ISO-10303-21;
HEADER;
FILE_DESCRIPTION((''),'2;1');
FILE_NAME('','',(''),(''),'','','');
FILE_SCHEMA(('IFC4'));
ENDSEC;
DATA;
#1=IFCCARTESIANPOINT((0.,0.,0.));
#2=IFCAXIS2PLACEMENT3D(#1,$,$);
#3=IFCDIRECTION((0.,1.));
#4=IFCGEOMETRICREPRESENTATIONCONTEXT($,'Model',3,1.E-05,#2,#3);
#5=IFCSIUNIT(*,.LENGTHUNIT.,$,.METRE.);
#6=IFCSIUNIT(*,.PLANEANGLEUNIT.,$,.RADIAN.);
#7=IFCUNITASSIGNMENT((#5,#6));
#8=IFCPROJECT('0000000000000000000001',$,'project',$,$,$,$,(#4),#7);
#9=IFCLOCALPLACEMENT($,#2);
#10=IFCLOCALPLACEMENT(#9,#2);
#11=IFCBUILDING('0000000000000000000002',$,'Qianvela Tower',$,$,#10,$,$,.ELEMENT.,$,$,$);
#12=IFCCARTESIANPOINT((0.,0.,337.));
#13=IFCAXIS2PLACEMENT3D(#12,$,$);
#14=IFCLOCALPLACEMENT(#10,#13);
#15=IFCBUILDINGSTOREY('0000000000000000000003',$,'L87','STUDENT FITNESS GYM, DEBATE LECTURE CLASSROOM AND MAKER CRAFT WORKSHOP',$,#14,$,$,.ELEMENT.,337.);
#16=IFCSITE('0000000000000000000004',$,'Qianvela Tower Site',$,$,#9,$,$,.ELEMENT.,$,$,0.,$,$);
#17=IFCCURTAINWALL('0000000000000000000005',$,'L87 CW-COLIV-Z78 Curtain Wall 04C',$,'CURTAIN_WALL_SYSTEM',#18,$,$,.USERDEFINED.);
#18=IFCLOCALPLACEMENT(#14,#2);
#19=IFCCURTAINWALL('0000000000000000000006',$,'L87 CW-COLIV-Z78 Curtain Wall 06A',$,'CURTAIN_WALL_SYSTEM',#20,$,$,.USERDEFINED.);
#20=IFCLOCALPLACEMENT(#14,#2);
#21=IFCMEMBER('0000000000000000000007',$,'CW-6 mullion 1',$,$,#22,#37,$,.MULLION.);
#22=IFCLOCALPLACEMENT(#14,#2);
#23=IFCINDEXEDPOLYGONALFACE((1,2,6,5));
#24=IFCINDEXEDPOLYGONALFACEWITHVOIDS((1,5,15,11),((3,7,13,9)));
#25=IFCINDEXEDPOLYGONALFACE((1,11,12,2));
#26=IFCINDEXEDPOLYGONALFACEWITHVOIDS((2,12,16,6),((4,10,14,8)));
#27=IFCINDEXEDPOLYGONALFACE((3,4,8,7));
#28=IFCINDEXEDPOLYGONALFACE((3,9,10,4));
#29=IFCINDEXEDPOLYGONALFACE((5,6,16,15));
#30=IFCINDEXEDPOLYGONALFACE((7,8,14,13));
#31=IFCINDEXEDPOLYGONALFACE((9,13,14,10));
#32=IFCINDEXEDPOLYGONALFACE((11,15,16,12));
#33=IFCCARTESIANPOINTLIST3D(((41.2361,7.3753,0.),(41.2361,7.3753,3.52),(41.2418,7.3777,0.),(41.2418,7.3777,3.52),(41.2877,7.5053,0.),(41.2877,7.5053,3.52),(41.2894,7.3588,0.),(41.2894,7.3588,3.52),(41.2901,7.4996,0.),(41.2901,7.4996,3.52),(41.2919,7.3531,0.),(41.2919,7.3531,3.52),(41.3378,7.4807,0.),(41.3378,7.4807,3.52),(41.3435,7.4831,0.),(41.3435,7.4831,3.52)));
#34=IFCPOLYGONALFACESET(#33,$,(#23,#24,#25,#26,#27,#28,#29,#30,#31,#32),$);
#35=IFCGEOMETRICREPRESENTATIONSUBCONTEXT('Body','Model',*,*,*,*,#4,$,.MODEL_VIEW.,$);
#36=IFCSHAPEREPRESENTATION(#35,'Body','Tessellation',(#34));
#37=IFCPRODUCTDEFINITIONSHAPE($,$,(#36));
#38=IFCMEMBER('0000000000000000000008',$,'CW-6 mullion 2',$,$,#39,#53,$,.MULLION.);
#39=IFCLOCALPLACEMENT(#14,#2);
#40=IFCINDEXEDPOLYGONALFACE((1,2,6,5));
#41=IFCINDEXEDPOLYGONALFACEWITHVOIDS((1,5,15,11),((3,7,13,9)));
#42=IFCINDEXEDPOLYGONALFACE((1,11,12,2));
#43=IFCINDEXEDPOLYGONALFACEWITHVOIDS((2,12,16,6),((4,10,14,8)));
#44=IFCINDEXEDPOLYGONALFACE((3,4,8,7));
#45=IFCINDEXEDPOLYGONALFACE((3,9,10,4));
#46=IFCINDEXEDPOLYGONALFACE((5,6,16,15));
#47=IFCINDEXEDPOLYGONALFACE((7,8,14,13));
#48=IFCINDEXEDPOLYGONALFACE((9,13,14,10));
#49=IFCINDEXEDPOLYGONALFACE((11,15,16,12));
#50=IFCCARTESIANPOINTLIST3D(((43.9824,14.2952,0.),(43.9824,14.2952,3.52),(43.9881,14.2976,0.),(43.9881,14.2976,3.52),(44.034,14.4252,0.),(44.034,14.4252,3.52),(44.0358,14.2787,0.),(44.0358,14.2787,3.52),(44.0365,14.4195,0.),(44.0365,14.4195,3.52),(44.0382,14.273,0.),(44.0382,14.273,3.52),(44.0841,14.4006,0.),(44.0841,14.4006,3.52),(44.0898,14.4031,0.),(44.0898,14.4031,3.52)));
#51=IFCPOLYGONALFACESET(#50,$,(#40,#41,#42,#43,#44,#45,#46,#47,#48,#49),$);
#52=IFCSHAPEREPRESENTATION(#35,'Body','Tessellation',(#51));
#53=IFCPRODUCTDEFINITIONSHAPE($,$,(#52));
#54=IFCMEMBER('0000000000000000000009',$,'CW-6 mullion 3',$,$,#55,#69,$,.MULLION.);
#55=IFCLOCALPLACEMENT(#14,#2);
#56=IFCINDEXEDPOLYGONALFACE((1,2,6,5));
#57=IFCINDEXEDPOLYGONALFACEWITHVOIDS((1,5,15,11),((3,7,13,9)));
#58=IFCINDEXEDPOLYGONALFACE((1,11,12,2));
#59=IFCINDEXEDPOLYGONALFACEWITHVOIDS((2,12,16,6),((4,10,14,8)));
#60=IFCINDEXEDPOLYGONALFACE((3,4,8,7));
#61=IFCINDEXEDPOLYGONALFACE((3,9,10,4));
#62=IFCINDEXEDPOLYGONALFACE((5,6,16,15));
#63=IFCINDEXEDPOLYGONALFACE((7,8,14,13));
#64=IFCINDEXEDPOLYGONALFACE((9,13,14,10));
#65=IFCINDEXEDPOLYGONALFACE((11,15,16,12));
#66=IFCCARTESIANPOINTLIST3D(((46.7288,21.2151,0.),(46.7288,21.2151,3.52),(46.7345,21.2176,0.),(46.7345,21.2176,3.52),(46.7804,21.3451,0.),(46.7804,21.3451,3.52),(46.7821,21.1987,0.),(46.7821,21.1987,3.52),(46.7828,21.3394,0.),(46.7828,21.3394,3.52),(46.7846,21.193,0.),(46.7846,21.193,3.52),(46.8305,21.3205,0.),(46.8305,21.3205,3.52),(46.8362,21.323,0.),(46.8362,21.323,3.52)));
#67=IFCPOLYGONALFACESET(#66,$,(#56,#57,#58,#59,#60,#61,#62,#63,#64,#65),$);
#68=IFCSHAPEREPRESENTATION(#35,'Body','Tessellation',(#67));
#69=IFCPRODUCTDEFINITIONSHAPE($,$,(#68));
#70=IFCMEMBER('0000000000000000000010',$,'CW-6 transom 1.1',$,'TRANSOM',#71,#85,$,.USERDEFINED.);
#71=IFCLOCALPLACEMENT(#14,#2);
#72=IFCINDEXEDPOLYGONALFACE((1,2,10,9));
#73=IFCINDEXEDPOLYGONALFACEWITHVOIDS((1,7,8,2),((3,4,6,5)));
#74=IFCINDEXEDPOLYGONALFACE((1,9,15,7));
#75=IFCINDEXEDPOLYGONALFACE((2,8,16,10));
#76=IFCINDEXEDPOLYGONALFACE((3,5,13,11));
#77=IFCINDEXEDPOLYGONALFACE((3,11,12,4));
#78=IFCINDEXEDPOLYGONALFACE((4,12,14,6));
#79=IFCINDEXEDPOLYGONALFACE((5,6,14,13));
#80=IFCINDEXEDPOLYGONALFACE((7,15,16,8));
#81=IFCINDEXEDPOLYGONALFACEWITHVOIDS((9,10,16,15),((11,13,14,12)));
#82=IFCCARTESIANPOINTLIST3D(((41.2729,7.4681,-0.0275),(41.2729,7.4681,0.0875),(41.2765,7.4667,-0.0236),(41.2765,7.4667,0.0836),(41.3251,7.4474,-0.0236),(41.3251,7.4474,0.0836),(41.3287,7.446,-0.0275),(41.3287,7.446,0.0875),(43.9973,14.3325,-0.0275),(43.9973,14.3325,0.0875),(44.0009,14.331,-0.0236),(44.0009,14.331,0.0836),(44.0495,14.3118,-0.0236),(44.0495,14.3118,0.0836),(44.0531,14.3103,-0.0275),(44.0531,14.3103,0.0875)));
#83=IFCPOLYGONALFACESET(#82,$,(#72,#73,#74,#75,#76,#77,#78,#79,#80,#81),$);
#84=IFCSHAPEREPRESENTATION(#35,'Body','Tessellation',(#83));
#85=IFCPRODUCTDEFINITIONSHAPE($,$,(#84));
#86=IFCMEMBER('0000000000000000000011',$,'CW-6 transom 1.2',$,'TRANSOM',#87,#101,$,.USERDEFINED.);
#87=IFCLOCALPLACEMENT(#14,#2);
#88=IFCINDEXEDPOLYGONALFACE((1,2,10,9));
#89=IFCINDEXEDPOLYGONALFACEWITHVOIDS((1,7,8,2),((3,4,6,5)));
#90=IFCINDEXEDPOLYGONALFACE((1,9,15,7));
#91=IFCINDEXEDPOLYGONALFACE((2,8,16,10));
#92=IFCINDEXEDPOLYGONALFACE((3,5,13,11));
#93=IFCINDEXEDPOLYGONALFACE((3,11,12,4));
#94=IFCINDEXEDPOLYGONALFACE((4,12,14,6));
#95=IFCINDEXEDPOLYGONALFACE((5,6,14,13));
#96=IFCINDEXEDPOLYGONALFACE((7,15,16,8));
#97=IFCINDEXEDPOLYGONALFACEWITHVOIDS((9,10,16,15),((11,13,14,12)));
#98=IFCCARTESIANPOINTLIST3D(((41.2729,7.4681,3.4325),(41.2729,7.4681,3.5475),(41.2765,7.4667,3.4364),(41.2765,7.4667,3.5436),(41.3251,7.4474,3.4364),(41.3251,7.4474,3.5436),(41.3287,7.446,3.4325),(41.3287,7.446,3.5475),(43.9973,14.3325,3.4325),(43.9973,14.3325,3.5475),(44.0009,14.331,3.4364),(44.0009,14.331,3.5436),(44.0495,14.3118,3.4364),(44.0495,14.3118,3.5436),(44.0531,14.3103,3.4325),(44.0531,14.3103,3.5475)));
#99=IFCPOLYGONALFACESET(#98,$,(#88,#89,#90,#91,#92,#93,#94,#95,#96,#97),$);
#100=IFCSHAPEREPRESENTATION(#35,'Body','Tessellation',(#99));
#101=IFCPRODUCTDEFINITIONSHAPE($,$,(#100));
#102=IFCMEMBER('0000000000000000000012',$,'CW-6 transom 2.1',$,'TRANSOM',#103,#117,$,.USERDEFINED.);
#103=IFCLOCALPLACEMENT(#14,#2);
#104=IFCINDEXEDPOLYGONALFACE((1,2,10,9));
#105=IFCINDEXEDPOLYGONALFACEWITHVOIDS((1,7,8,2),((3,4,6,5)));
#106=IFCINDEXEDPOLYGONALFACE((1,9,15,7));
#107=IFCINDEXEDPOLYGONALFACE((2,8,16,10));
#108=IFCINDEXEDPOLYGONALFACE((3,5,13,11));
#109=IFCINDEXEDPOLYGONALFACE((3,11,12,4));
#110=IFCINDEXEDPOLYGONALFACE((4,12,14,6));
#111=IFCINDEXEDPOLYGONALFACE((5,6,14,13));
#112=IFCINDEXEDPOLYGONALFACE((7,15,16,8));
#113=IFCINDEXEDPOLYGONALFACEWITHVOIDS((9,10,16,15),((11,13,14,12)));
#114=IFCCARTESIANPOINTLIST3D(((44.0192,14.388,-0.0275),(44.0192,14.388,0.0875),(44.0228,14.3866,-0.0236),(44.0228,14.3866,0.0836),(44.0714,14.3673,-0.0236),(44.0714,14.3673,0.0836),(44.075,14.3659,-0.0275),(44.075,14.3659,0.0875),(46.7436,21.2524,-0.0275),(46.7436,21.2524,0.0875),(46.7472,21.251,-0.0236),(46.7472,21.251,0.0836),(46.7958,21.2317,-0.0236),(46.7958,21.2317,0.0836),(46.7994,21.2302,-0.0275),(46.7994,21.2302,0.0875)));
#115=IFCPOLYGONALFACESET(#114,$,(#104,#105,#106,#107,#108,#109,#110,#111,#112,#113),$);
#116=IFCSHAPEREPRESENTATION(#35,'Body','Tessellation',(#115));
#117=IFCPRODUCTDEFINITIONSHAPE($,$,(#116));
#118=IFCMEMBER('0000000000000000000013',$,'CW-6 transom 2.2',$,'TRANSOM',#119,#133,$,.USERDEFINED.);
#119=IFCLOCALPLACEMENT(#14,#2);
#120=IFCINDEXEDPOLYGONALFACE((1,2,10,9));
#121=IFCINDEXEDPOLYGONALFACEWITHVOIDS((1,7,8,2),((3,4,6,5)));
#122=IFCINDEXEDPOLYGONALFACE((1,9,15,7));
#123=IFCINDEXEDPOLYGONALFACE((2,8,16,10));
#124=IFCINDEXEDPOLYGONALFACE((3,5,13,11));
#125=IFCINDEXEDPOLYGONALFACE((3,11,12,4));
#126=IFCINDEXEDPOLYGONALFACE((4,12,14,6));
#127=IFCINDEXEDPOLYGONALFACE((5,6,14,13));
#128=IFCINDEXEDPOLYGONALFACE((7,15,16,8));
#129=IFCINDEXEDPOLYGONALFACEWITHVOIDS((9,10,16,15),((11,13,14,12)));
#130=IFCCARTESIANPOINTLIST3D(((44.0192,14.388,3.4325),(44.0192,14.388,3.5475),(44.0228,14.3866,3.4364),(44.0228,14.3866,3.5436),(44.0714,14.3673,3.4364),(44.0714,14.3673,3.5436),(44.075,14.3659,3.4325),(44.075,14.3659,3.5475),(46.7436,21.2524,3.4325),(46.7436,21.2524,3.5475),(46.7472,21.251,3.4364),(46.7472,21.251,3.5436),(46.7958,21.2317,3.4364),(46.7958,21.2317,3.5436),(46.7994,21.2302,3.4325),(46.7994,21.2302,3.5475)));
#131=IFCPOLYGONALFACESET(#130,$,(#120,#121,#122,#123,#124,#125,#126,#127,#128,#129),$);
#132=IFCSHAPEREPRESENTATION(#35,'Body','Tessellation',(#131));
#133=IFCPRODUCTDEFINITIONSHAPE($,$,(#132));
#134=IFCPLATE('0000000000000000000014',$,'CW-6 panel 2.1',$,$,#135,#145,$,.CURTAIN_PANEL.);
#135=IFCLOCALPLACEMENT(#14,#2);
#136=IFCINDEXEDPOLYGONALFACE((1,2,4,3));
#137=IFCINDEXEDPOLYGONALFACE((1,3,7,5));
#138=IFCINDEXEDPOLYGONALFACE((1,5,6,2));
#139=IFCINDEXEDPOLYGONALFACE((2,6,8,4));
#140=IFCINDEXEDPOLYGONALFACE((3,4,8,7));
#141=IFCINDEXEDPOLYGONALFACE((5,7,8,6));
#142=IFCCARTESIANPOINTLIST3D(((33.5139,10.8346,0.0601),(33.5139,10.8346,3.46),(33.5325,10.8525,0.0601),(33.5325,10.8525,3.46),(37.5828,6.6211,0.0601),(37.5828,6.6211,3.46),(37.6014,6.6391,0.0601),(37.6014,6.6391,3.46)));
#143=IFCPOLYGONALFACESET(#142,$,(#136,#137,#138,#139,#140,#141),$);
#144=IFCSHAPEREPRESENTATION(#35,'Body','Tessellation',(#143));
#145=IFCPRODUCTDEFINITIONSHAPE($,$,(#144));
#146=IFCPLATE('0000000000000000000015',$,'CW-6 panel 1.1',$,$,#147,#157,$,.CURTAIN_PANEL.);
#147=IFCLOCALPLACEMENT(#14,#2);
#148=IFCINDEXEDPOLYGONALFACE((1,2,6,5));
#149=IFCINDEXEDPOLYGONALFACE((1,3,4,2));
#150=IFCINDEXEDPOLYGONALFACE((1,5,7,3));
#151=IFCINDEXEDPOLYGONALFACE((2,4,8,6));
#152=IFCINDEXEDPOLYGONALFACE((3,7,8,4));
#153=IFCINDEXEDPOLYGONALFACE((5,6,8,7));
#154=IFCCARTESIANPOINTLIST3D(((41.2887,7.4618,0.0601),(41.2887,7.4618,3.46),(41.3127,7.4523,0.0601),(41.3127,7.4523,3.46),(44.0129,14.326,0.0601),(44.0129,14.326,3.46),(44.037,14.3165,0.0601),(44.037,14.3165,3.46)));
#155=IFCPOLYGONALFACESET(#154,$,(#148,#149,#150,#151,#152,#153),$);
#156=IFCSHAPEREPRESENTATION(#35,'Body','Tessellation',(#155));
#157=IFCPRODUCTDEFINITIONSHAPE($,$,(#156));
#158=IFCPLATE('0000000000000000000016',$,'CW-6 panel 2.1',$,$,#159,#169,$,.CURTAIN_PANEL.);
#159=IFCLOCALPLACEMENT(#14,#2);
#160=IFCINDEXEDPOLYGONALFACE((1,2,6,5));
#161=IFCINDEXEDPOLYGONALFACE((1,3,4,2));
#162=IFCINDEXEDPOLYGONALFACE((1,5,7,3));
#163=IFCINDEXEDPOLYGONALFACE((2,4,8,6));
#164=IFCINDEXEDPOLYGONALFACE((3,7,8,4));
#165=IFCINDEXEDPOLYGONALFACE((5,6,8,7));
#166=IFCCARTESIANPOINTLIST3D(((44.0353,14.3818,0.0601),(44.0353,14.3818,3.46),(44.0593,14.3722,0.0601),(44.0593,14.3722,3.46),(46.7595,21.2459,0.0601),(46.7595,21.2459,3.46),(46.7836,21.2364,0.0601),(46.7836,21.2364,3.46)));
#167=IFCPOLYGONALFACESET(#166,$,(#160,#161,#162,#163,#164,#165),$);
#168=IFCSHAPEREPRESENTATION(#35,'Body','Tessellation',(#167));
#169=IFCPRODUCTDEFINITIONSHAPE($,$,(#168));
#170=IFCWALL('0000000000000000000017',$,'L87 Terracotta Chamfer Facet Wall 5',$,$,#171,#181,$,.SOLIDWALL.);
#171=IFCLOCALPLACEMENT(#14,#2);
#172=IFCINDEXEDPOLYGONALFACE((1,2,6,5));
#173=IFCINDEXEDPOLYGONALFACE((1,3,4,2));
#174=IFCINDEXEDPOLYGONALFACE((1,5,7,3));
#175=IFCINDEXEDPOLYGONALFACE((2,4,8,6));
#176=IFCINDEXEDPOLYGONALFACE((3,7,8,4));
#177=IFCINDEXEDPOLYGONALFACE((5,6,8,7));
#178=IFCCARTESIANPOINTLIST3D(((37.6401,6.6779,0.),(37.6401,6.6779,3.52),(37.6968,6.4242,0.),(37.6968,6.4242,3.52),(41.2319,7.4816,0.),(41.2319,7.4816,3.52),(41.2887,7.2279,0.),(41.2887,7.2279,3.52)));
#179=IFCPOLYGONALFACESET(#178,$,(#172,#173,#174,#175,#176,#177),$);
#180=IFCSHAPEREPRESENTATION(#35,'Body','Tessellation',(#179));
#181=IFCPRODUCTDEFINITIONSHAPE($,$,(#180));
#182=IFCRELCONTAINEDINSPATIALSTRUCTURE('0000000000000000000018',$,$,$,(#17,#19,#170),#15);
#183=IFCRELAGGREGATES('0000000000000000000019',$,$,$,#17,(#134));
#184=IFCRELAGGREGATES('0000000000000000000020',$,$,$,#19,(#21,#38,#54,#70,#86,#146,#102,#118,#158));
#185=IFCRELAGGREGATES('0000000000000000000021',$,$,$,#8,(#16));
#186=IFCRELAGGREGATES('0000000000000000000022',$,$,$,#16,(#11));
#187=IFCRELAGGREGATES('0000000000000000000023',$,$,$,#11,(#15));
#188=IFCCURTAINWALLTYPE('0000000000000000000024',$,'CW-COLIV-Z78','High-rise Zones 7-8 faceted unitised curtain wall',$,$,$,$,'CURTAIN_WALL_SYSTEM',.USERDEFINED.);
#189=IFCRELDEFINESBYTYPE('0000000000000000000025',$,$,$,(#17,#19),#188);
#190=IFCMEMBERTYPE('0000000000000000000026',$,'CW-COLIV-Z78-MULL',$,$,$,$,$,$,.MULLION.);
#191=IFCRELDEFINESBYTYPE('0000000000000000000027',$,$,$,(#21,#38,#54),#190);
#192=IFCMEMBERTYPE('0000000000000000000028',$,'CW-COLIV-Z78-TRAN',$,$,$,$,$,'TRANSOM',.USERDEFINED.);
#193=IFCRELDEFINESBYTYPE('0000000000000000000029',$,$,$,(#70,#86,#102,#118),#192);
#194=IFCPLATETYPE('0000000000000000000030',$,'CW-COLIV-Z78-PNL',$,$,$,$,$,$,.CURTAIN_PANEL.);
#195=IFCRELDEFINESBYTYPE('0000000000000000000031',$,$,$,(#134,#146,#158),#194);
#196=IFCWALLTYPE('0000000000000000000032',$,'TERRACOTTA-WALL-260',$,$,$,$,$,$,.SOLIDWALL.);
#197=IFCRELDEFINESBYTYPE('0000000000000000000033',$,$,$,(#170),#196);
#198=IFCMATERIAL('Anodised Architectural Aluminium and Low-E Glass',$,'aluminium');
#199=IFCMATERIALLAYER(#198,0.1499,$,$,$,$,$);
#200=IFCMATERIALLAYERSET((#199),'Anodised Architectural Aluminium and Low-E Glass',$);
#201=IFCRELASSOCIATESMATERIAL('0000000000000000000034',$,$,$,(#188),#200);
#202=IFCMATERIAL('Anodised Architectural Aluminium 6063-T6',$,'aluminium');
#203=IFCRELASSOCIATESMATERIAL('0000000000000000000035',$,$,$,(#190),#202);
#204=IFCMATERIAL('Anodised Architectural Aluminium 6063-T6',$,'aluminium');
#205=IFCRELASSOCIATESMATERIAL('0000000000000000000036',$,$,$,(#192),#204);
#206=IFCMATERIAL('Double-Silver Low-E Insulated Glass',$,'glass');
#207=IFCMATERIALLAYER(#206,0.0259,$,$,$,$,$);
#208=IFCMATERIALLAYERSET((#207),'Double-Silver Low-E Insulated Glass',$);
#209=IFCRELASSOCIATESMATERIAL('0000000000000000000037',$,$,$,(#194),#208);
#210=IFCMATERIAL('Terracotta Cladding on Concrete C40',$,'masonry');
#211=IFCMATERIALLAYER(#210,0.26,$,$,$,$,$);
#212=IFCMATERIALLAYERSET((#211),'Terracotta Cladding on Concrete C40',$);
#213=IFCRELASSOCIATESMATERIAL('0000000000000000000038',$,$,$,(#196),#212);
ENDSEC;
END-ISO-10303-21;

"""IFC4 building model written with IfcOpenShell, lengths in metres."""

from ifc_helpers import new_model, si_unit, direction, frame, frame_2d, origin, origin_2d, place, context, subcontext, project, spatial, rectangle, hollow_rectangle, extrude, material, layer, layer_set, material_profile, profile_set, type_object, element, aggregate, save


model = new_model("IFC4")

# Units and contexts
model_context = context("Model", 3, precision=1e-05, world=origin(), true_north=direction((0.0, 1.0)))
body_context = subcontext(model_context, "Body", "Model", "MODEL_VIEW")
ifc_project = project(units=[si_unit("LENGTHUNIT", "METRE"), si_unit("PLANEANGLEUNIT", "RADIAN")], contexts=[model_context])

# Site, building, storey
site_placement = place(None, origin())
site = spatial("IfcSite", under=ifc_project, at=site_placement, Name="Qianvela Tower Site", CompositionType="ELEMENT", RefElevation=0.0)
building_placement = place(site_placement, origin())
building = spatial("IfcBuilding", under=site, at=building_placement, Name="Qianvela Tower", CompositionType="ELEMENT")
storey_placement = place(building_placement, frame((0.0, 0.0, 337.0)))
storey = spatial("IfcBuildingStorey", under=building, at=storey_placement, Name="L87", Description="STUDENT FITNESS GYM, DEBATE LECTURE CLASSROOM AND MAKER CRAFT WORKSHOP", CompositionType="ELEMENT", Elevation=337.0)

# Curtain wall
ifc_material_1 = material(Name="Anodised Architectural Aluminium and Low-E Glass", Category="aluminium")
ifc_layer_1 = layer(ifc_material_1, 0.1499)
ifc_layer_set_1 = layer_set([ifc_layer_1], Name="Anodised Architectural Aluminium and Low-E Glass")
curtain_wall_type_1 = type_object("IfcCurtainWallType", Name="CW-COLIV-Z78", Description="High-rise Zones 7-8 faceted unitised curtain wall", ElementType="CURTAIN_WALL_SYSTEM", PredefinedType="USERDEFINED", material=ifc_layer_set_1)
curtain_wall_1_placement = place(storey_placement, origin())
curtain_wall_1 = element("IfcCurtainWall", 1, at=curtain_wall_1_placement, inside=storey, type_object=curtain_wall_type_1, Name="L87 CW-COLIV-Z78 Curtain Wall 04C", ObjectType="CURTAIN_WALL_SYSTEM", PredefinedType="USERDEFINED")
ifc_material_2 = material(Name="Anodised Architectural Aluminium 6063-T6", Category="aluminium")
ifc_material_profile_1 = material_profile(ifc_material_2, hollow_rectangle(XDim=0.0601, YDim=0.1399, WallThickness=0.0044, at=origin_2d()), Name="ALU-MULL-60x140")
ifc_profile_set_1 = profile_set([ifc_material_profile_1], Name="Anodised Architectural Aluminium 6063-T6")
member_type_1 = type_object("IfcMemberType", Name="CW-COLIV-Z78-MULL", PredefinedType="MULLION", material=ifc_profile_set_1)

# Curtain wall, members
curtain_wall_2_placement = place(storey_placement, origin())
curtain_wall_2 = element("IfcCurtainWall", 2, at=curtain_wall_2_placement, inside=storey, type_object=curtain_wall_type_1, Name="L87 CW-COLIV-Z78 Curtain Wall 06A", ObjectType="CURTAIN_WALL_SYSTEM", PredefinedType="USERDEFINED")
member_1_placement = place(storey_placement, frame((41.2898, 7.4292, 0.0), z_axis=(0.0, 0.0, 1.0), x_axis=(-0.929473, 0.36889, 0.0)))
member_1 = element("IfcMember", 3, at=member_1_placement, type_object=member_type_1, Name="CW-6 mullion 1", PredefinedType="MULLION", context=body_context, shape_type="SweptSolid", body=[
    extrude(hollow_rectangle(XDim=0.0601, YDim=0.1399, WallThickness=0.0044, at=origin_2d()), origin(), (0.0, 0.0, 1.0), 3.52),
])
member_2_placement = place(storey_placement, frame((44.0361, 14.3491, 0.0), z_axis=(0.0, 0.0, 1.0), x_axis=(-0.929473, 0.36889, 0.0)))
member_2 = element("IfcMember", 4, at=member_2_placement, type_object=member_type_1, Name="CW-6 mullion 2", PredefinedType="MULLION", context=body_context, shape_type="SweptSolid", body=[
    extrude(hollow_rectangle(XDim=0.0601, YDim=0.1399, WallThickness=0.0044, at=origin_2d()), origin(), (0.0, 0.0, 1.0), 3.52),
])
member_3_placement = place(storey_placement, frame((46.7825, 21.269, 0.0), z_axis=(0.0, 0.0, 1.0), x_axis=(-0.929473, 0.36889, 0.0)))
member_3 = element("IfcMember", 5, at=member_3_placement, type_object=member_type_1, Name="CW-6 mullion 3", PredefinedType="MULLION", context=body_context, shape_type="SweptSolid", body=[
    extrude(hollow_rectangle(XDim=0.0601, YDim=0.1399, WallThickness=0.0044, at=origin_2d()), origin(), (0.0, 0.0, 1.0), 3.52),
])
ifc_material_3 = material(Name="Anodised Architectural Aluminium 6063-T6", Category="aluminium")
ifc_material_profile_2 = material_profile(ifc_material_3, hollow_rectangle(XDim=0.0601, YDim=0.115, WallThickness=0.0039, at=origin_2d()), Name="ALU-TRAN-60x115")
ifc_profile_set_2 = profile_set([ifc_material_profile_2], Name="Anodised Architectural Aluminium 6063-T6")
member_type_2 = type_object("IfcMemberType", Name="CW-COLIV-Z78-TRAN", ElementType="TRANSOM", PredefinedType="USERDEFINED", material=ifc_profile_set_2)
member_4_placement = place(storey_placement, frame((41.3008, 7.457, 0.03), z_axis=(0.368899, 0.92947, 0.0), x_axis=(-0.92947, 0.368899, 0.0)))
member_4 = element("IfcMember", 6, at=member_4_placement, type_object=member_type_2, Name="CW-6 transom 1.1", ObjectType="TRANSOM", PredefinedType="USERDEFINED", context=body_context, shape_type="SweptSolid", body=[
    extrude(hollow_rectangle(XDim=0.0601, YDim=0.115, WallThickness=0.0039, at=origin_2d()), origin(), (0.0, 0.0, 1.0), 7.3853),
])
member_5_placement = place(storey_placement, frame((41.3008, 7.457, 3.49), z_axis=(0.368899, 0.92947, 0.0), x_axis=(-0.92947, 0.368899, 0.0)))
member_5 = element("IfcMember", 7, at=member_5_placement, type_object=member_type_2, Name="CW-6 transom 1.2", ObjectType="TRANSOM", PredefinedType="USERDEFINED", context=body_context, shape_type="SweptSolid", body=[
    extrude(hollow_rectangle(XDim=0.0601, YDim=0.115, WallThickness=0.0039, at=origin_2d()), origin(), (0.0, 0.0, 1.0), 7.3853),
])
member_6_placement = place(storey_placement, frame((44.0471, 14.377, 0.03), z_axis=(0.368899, 0.92947, 0.0), x_axis=(-0.92947, 0.368899, 0.0)))
member_6 = element("IfcMember", 8, at=member_6_placement, type_object=member_type_2, Name="CW-6 transom 2.1", ObjectType="TRANSOM", PredefinedType="USERDEFINED", context=body_context, shape_type="SweptSolid", body=[
    extrude(hollow_rectangle(XDim=0.0601, YDim=0.115, WallThickness=0.0039, at=origin_2d()), origin(), (0.0, 0.0, 1.0), 7.3853),
])
member_7_placement = place(storey_placement, frame((44.0471, 14.377, 3.49), z_axis=(0.368899, 0.92947, 0.0), x_axis=(-0.92947, 0.368899, 0.0)))
member_7 = element("IfcMember", 9, at=member_7_placement, type_object=member_type_2, Name="CW-6 transom 2.2", ObjectType="TRANSOM", PredefinedType="USERDEFINED", context=body_context, shape_type="SweptSolid", body=[
    extrude(hollow_rectangle(XDim=0.0601, YDim=0.115, WallThickness=0.0039, at=origin_2d()), origin(), (0.0, 0.0, 1.0), 7.3853),
])

# Plates
ifc_material_4 = material(Name="Double-Silver Low-E Insulated Glass", Category="glass")
ifc_layer_2 = layer(ifc_material_4, 0.0259)
ifc_layer_set_2 = layer_set([ifc_layer_2], Name="Double-Silver Low-E Insulated Glass")
plate_type = type_object("IfcPlateType", Name="CW-COLIV-Z78-PNL", PredefinedType="CURTAIN_PANEL", material=ifc_layer_set_2)
plate_1_placement = place(storey_placement, frame((35.5576, 8.7368, 0.0601), z_axis=(0.0, 0.0, 1.0), x_axis=(0.694658, -0.719341, 0.0)))
plate_1 = element("IfcPlate", 10, at=plate_1_placement, type_object=plate_type, Name="CW-6 panel 2.1", PredefinedType="CURTAIN_PANEL", context=body_context, shape_type="SweptSolid", body=[
    extrude(rectangle(XDim=5.8574, YDim=0.0259, at=origin_2d()), origin(), (0.0, 0.0, 1.0), 3.3999),
])
aggregate(curtain_wall_1, [plate_1])
plate_2_placement = place(storey_placement, frame((42.6628, 10.8892, 0.0601), z_axis=(0.0, 0.0, 1.0), x_axis=(0.36889, 0.929473, 0.0)))
plate_2 = element("IfcPlate", 11, at=plate_2_placement, type_object=plate_type, Name="CW-6 panel 1.1", PredefinedType="CURTAIN_PANEL", context=body_context, shape_type="SweptSolid", body=[
    extrude(rectangle(XDim=7.385, YDim=0.0259, at=origin_2d()), origin(), (0.0, 0.0, 1.0), 3.3999),
])
plate_3_placement = place(storey_placement, frame((45.4094, 17.8091, 0.0601), z_axis=(0.0, 0.0, 1.0), x_axis=(0.36889, 0.929473, 0.0)))
plate_3 = element("IfcPlate", 12, at=plate_3_placement, type_object=plate_type, Name="CW-6 panel 2.1", PredefinedType="CURTAIN_PANEL", context=body_context, shape_type="SweptSolid", body=[
    extrude(rectangle(XDim=7.385, YDim=0.0259, at=origin_2d()), origin(), (0.0, 0.0, 1.0), 3.3999),
])
aggregate(curtain_wall_2, [member_1, member_2, member_3, member_4, member_5, plate_2, member_6, member_7, plate_3])

# Wall
ifc_material_5 = material(Name="Terracotta Cladding on Concrete C40", Category="masonry")
ifc_layer_3 = layer(ifc_material_5, 0.26)
ifc_layer_set_3 = layer_set([ifc_layer_3], Name="Terracotta Cladding on Concrete C40")
wall_type_1 = type_object("IfcWallType", Name="TERRACOTTA-WALL-260", PredefinedType="SOLIDWALL", material=ifc_layer_set_3)
wall_1_placement = place(storey_placement, frame((37.6685, 6.551, 0.0), z_axis=(0.0, 0.0, 1.0), x_axis=(0.975868, 0.218363, 0.0)))
element("IfcWall", 13, at=wall_1_placement, inside=storey, type_object=wall_type_1, Name="L87 Terracotta Chamfer Facet Wall 5", PredefinedType="SOLIDWALL", context=body_context, shape_type="SweptSolid", body=[
    extrude(rectangle(XDim=3.6807, YDim=0.26, at=frame_2d((1.8403, 0.0))), origin(), (0.0, 0.0, 1.0), 3.52),
])

save(model, "model.ifc")
